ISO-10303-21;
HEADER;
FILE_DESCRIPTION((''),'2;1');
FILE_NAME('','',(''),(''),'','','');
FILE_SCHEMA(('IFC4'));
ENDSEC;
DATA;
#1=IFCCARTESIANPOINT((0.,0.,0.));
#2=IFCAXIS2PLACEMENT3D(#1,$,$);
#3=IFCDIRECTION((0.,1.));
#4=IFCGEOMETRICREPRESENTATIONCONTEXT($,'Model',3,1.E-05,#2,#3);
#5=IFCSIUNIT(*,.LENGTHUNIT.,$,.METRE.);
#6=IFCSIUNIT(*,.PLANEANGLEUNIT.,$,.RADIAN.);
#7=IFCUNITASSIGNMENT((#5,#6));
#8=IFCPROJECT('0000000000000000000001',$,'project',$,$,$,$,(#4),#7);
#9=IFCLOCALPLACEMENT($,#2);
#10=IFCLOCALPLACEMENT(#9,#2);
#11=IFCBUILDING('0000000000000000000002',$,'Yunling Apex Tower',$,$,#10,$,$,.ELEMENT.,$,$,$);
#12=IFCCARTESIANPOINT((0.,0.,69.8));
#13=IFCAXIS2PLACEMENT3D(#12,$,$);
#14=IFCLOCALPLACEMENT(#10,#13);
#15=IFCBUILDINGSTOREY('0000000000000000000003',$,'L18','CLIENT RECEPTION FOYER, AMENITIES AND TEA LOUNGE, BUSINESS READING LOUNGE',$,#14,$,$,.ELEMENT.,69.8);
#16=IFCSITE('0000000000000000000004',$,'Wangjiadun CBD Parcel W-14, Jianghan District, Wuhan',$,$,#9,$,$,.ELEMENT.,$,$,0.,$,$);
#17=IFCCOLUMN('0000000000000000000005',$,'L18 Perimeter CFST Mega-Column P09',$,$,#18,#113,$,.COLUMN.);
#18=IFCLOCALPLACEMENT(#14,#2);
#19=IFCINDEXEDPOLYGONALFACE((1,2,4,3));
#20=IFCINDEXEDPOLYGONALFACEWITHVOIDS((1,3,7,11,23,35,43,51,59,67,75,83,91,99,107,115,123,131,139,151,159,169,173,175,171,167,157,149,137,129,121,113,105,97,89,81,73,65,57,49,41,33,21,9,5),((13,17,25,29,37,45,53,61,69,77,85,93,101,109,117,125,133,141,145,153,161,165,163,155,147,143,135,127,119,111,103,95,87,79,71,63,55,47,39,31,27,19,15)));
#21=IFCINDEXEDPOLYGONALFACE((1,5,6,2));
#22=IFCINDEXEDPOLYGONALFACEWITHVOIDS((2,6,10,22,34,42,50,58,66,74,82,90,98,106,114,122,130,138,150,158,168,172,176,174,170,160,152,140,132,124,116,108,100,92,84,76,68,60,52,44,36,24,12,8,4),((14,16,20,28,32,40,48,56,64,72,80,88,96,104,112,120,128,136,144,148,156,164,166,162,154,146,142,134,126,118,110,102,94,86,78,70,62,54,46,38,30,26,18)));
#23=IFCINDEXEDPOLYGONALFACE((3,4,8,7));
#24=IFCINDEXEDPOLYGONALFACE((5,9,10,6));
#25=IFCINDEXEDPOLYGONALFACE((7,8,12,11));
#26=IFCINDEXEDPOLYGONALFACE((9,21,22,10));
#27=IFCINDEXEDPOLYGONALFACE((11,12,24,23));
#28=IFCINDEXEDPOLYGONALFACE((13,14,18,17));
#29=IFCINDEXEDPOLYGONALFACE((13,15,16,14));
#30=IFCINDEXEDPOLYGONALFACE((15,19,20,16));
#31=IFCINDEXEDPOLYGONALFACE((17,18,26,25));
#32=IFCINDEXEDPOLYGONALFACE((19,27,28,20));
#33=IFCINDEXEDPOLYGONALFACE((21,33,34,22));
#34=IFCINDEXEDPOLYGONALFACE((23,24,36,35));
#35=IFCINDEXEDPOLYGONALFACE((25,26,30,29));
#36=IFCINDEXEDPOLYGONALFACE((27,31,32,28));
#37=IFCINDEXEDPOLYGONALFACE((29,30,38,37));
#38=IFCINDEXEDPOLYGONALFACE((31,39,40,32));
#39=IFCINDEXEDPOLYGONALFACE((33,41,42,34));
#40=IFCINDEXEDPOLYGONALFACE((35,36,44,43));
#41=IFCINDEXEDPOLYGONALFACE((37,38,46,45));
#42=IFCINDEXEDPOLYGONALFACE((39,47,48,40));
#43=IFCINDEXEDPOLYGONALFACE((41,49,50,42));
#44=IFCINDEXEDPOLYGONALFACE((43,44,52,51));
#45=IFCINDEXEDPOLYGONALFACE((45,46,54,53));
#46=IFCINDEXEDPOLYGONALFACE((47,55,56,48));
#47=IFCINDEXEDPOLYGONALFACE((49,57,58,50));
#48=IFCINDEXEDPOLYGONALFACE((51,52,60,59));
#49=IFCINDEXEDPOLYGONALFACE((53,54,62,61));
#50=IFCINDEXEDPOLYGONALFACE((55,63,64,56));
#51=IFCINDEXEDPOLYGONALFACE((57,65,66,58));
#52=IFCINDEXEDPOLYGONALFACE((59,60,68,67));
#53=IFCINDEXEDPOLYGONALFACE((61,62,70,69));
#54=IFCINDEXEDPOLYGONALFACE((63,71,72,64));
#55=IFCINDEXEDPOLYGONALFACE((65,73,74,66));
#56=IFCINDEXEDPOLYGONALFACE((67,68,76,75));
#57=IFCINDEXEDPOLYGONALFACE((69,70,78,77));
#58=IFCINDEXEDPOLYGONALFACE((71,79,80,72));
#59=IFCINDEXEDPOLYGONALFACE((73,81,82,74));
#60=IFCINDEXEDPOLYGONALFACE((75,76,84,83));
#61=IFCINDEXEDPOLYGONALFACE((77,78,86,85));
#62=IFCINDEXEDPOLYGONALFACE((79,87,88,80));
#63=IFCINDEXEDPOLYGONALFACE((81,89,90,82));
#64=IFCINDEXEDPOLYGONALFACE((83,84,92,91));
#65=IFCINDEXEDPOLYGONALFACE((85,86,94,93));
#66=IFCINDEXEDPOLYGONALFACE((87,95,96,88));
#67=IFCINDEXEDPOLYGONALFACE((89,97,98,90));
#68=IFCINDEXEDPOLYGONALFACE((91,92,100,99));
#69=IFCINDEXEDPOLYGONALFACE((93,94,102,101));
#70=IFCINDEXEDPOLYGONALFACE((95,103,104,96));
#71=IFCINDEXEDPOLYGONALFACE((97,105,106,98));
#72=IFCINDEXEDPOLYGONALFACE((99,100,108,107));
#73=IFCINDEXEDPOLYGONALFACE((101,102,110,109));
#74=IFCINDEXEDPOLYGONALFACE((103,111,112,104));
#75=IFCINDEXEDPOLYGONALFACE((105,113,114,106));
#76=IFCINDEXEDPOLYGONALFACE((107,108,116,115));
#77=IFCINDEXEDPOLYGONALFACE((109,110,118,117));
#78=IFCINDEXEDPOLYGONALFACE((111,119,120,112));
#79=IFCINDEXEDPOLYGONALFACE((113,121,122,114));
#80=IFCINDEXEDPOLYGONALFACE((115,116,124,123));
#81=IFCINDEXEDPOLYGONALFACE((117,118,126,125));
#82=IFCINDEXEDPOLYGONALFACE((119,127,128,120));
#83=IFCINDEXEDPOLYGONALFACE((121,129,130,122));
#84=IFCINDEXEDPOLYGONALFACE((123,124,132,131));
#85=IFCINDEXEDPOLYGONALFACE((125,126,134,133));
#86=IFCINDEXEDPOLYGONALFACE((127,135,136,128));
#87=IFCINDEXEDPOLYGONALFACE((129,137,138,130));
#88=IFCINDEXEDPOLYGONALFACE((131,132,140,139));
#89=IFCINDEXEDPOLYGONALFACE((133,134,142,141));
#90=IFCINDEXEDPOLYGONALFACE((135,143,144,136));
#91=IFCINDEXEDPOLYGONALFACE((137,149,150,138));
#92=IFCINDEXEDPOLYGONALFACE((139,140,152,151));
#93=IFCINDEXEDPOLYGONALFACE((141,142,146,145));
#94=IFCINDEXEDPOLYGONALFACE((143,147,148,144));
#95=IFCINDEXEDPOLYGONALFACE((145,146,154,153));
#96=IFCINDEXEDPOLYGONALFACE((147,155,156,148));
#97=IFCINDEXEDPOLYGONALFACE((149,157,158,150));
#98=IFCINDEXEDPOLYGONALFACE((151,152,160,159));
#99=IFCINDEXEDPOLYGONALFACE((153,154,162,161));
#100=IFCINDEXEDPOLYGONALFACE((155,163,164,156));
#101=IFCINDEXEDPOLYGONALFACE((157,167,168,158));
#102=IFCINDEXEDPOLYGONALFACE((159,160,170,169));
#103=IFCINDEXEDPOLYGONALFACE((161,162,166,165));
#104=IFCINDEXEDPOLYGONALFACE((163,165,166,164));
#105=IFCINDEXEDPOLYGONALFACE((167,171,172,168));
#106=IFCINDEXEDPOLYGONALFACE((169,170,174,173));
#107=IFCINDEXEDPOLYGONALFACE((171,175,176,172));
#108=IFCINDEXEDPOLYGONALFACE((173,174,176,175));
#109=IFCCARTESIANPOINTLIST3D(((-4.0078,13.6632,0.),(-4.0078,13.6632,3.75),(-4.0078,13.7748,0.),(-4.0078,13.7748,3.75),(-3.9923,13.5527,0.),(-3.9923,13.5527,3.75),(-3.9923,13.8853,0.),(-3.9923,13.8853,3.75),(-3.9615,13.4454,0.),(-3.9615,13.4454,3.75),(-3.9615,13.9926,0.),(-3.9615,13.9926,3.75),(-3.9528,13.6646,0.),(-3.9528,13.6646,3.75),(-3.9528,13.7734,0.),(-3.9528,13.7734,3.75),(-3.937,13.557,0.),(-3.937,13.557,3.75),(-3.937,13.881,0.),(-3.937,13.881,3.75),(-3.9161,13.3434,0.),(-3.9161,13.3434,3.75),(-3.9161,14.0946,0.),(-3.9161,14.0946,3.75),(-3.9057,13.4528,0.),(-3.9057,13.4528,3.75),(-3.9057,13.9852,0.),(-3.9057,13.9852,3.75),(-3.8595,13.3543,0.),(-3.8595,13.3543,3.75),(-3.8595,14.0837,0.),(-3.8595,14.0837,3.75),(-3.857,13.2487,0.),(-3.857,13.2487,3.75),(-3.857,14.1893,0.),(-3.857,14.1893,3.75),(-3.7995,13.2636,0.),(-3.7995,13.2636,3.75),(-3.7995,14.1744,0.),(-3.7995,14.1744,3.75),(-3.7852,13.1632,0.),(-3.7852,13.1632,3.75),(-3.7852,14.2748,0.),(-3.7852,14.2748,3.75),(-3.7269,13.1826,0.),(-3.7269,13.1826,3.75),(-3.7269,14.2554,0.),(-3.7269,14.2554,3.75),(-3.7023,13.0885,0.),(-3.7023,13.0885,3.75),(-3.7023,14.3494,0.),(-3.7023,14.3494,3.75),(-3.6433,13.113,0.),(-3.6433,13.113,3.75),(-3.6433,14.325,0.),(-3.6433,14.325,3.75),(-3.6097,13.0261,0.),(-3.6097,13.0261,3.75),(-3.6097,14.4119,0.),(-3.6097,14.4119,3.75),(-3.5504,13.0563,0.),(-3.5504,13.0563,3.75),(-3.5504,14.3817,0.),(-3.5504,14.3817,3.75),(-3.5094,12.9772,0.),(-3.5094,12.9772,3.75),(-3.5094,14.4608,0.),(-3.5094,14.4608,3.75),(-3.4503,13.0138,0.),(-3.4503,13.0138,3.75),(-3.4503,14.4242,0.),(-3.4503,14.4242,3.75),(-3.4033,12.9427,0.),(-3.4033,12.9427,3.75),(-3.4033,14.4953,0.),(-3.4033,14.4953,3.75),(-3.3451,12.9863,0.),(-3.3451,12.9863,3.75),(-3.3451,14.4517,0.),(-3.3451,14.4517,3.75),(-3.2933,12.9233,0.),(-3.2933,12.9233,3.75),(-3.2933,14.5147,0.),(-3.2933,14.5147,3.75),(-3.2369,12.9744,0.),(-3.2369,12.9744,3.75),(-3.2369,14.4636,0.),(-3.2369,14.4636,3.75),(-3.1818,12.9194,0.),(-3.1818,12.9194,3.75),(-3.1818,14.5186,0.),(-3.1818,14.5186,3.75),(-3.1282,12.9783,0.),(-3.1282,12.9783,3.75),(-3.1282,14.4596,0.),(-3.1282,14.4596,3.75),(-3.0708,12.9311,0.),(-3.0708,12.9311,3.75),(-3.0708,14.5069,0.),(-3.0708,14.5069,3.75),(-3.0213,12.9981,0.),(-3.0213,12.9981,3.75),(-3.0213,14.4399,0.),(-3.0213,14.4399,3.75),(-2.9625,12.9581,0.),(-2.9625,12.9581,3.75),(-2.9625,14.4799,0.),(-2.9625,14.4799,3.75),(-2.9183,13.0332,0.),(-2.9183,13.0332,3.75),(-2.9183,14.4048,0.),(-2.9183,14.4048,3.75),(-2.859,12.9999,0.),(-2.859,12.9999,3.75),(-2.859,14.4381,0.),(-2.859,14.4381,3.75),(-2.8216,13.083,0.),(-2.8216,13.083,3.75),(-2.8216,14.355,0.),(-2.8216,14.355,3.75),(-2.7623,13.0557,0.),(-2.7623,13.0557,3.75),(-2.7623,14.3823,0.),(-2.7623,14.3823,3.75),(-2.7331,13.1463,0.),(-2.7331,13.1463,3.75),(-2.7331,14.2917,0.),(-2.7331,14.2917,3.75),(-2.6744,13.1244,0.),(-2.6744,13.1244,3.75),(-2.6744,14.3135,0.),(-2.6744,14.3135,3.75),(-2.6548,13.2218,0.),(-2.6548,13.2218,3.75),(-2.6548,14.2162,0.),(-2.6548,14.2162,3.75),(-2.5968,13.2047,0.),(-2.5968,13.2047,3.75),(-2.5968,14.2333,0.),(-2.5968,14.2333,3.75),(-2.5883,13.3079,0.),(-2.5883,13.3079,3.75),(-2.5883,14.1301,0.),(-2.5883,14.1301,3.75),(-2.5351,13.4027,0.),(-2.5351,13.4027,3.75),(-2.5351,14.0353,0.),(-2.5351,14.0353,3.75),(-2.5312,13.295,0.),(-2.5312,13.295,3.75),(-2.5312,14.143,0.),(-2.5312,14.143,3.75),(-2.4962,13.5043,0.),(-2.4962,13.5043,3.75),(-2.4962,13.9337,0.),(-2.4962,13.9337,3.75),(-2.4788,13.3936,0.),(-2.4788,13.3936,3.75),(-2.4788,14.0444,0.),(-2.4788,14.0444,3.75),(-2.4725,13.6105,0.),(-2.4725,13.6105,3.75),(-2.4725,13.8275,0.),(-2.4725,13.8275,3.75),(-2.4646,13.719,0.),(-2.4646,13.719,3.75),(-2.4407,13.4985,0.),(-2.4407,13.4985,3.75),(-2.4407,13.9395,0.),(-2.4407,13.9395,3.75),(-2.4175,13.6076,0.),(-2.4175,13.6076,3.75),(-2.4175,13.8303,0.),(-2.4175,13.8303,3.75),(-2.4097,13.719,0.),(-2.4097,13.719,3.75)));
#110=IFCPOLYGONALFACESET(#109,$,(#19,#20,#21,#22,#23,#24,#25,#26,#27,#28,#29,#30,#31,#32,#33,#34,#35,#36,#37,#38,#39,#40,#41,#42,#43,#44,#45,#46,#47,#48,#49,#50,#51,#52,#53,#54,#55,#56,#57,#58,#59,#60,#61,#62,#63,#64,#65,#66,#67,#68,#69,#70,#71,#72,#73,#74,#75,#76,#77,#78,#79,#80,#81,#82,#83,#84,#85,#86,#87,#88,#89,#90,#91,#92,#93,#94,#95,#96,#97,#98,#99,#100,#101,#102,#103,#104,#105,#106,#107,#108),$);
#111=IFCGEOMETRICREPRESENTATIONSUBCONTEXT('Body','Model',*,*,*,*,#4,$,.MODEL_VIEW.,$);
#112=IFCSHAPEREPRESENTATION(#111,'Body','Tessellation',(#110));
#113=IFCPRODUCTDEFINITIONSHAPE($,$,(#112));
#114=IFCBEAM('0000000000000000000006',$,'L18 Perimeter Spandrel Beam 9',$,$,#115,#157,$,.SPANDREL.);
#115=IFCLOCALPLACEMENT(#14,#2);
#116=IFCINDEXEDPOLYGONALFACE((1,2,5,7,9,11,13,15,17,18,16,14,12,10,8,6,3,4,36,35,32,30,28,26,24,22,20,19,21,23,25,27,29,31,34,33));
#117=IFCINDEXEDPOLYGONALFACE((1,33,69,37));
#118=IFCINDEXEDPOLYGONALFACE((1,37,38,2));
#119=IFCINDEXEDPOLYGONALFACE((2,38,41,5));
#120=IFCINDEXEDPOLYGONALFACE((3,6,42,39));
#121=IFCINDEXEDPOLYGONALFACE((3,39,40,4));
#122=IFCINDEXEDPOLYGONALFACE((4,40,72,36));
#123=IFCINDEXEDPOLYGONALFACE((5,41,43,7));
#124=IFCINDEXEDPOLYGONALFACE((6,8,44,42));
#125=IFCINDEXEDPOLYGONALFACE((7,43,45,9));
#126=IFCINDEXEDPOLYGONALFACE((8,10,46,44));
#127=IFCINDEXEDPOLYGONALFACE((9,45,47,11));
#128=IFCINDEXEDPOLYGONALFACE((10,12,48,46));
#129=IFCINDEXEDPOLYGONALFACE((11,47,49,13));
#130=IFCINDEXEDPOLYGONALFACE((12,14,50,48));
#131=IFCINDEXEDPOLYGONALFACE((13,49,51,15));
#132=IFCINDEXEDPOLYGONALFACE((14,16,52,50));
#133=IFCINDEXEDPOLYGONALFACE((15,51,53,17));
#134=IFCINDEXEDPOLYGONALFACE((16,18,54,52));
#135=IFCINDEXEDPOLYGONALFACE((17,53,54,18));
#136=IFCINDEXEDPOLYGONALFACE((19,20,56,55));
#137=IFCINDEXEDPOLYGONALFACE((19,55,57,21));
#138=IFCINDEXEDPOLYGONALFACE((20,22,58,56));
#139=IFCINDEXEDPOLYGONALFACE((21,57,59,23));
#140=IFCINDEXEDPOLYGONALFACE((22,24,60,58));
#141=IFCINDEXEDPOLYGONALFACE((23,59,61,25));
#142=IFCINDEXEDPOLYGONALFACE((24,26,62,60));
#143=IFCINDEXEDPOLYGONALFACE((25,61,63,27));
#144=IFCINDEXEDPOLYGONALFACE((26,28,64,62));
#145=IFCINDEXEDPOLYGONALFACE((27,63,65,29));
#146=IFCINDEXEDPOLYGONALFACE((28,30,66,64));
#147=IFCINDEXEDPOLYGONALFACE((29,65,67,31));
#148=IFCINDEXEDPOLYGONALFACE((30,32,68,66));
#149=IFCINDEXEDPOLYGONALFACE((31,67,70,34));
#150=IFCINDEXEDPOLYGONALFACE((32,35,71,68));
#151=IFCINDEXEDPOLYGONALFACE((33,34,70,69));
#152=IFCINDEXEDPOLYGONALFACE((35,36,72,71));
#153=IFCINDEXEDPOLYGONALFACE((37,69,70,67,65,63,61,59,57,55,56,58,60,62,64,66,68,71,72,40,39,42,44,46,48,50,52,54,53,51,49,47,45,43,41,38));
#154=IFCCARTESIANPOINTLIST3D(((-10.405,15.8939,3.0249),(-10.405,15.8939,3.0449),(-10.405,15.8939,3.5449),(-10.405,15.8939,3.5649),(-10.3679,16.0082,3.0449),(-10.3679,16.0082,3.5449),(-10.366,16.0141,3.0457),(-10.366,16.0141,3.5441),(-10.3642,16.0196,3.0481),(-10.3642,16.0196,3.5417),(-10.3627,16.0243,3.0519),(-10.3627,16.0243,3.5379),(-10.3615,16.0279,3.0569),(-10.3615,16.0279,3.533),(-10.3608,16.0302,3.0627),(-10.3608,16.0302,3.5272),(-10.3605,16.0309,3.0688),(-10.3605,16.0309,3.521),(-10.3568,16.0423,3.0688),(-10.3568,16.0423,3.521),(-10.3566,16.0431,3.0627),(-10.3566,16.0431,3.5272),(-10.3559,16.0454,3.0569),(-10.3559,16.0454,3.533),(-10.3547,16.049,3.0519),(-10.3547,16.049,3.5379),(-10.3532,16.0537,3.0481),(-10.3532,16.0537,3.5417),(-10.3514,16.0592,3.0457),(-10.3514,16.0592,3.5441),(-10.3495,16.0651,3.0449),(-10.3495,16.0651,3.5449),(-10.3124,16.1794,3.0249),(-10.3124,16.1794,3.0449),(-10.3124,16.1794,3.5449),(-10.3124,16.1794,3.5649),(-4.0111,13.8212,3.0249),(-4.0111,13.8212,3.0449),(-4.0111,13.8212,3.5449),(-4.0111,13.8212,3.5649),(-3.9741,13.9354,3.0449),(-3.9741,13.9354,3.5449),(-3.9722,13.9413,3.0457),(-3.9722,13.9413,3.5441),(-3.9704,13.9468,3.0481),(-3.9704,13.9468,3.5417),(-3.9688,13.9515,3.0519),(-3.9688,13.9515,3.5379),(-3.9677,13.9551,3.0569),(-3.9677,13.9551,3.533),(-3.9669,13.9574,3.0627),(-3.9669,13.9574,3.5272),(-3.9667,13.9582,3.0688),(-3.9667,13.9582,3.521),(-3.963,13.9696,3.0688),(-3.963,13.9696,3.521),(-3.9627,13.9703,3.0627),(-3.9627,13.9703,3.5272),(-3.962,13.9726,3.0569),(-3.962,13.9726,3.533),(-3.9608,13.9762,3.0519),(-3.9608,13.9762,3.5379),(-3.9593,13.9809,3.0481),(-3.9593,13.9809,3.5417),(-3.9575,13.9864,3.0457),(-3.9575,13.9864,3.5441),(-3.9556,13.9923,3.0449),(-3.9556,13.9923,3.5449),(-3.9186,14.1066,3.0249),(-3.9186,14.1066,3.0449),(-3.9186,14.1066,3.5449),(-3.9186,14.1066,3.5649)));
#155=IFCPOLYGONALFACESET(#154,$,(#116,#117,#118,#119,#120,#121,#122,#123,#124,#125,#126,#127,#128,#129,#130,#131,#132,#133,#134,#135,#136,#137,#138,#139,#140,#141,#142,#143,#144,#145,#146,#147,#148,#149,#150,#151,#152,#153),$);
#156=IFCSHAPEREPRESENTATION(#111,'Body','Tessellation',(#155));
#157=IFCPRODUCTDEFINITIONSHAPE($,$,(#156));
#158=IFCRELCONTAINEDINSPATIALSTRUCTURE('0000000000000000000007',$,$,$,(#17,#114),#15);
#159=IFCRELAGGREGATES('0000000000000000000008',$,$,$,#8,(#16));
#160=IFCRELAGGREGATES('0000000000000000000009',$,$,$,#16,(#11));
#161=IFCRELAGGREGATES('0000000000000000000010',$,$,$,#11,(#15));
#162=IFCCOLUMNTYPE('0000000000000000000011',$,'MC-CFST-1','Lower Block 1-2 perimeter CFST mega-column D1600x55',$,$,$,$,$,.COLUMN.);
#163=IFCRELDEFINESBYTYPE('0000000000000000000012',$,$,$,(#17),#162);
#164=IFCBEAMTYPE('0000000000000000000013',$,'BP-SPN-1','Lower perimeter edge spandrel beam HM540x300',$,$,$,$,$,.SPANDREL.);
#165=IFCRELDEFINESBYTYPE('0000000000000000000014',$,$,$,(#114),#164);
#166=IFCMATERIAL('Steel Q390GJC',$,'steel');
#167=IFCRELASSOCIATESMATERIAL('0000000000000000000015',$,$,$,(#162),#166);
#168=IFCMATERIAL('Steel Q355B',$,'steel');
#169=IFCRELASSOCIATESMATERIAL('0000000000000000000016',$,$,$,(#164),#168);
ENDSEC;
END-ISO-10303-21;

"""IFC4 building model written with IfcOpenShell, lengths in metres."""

from ifc_helpers import new_model, si_unit, direction, frame, origin, origin_2d, place, context, subcontext, project, spatial, hollow_circle, i_section, extrude, source, transform, mapped, material, material_profile, profile_set, type_object, element, save


model = new_model("IFC4")

# Units and contexts
model_context = context("Model", 3, precision=1e-05, world=origin(), true_north=direction((0.0, 1.0)))
body_context = subcontext(model_context, "Body", "Model", "MODEL_VIEW")
ifc_project = project(units=[si_unit("LENGTHUNIT", "METRE"), si_unit("PLANEANGLEUNIT", "RADIAN")], contexts=[model_context])

# Site, building, storey
site_placement = place(None, origin())
site = spatial("IfcSite", under=ifc_project, at=site_placement, Name="Wangjiadun CBD Parcel W-14, Jianghan District, Wuhan", CompositionType="ELEMENT", RefElevation=0.0)
building_placement = place(site_placement, origin())
building = spatial("IfcBuilding", under=site, at=building_placement, Name="Yunling Apex Tower", CompositionType="ELEMENT")
storey_placement = place(building_placement, frame((0.0, 0.0, 69.8)))
storey = spatial("IfcBuildingStorey", under=building, at=storey_placement, Name="L18", Description="CLIENT RECEPTION FOYER, AMENITIES AND TEA LOUNGE, BUSINESS READING LOUNGE", CompositionType="ELEMENT", Elevation=69.8)

# Column
ifc_material_1 = material(Name="Steel Q390GJC", Category="steel")
ifc_material_profile_1 = material_profile(ifc_material_1, hollow_circle(Radius=0.8, WallThickness=0.0549, at=origin_2d()))
ifc_profile_set_1 = profile_set([ifc_material_profile_1], Name="Steel Q390GJC")
column_type = type_object("IfcColumnType", Name="MC-CFST-1", Description="Lower Block 1-2 perimeter CFST mega-column D1600x55", PredefinedType="COLUMN", material=ifc_profile_set_1)
shared_shape_1 = source(origin(), body_context, "Body", "SweptSolid", [
    extrude(hollow_circle(Radius=0.8, WallThickness=0.0549, at=origin_2d()), origin(), (0.0, 0.0, 1.0), 3.75),
])
column_placement = place(storey_placement, frame((-3.2097, 13.719, 0.0), z_axis=(0.0, 0.0, 1.0), x_axis=(1.0, 0.0, 0.0)))
element("IfcColumn", 1, at=column_placement, inside=storey, type_object=column_type, Name="L18 Perimeter CFST Mega-Column P09", PredefinedType="COLUMN", context=body_context, shape_type="MappedRepresentation", body=[
    mapped(shared_shape_1, transform((0.0, 0.0, 0.0), scale=1.0)),
])

# Beam
ifc_material_2 = material(Name="Steel Q355B", Category="steel")
ifc_material_profile_2 = material_profile(ifc_material_2, i_section(OverallWidth=0.3, OverallDepth=0.54, WebThickness=0.012, FlangeThickness=0.02, FilletRadius=0.0239, at=origin_2d()))
ifc_profile_set_2 = profile_set([ifc_material_profile_2], Name="Steel Q355B")
beam_type_1 = type_object("IfcBeamType", Name="BP-SPN-1", Description="Lower perimeter edge spandrel beam HM540x300", PredefinedType="SPANDREL", material=ifc_profile_set_2)
shared_shape_2 = source(origin(), body_context, "Body", "SweptSolid", [
    extrude(i_section(OverallWidth=0.3, OverallDepth=0.54, WebThickness=0.012, FlangeThickness=0.02, FilletRadius=0.0239, at=origin_2d()), origin(), (0.0, 0.0, 1.0), 6.7214),
])
beam_1_placement = place(storey_placement, frame((-3.9648, 13.9639, 3.2949), z_axis=(-0.951263, 0.308382, 0.0), x_axis=(-0.308382, -0.951263, 0.0)))
element("IfcBeam", 2, at=beam_1_placement, inside=storey, type_object=beam_type_1, Name="L18 Perimeter Spandrel Beam 9", PredefinedType="SPANDREL", context=body_context, shape_type="MappedRepresentation", body=[
    mapped(shared_shape_2, transform((0.0, 0.0, 0.0), scale=1.0)),
])

save(model, "model.ifc")
